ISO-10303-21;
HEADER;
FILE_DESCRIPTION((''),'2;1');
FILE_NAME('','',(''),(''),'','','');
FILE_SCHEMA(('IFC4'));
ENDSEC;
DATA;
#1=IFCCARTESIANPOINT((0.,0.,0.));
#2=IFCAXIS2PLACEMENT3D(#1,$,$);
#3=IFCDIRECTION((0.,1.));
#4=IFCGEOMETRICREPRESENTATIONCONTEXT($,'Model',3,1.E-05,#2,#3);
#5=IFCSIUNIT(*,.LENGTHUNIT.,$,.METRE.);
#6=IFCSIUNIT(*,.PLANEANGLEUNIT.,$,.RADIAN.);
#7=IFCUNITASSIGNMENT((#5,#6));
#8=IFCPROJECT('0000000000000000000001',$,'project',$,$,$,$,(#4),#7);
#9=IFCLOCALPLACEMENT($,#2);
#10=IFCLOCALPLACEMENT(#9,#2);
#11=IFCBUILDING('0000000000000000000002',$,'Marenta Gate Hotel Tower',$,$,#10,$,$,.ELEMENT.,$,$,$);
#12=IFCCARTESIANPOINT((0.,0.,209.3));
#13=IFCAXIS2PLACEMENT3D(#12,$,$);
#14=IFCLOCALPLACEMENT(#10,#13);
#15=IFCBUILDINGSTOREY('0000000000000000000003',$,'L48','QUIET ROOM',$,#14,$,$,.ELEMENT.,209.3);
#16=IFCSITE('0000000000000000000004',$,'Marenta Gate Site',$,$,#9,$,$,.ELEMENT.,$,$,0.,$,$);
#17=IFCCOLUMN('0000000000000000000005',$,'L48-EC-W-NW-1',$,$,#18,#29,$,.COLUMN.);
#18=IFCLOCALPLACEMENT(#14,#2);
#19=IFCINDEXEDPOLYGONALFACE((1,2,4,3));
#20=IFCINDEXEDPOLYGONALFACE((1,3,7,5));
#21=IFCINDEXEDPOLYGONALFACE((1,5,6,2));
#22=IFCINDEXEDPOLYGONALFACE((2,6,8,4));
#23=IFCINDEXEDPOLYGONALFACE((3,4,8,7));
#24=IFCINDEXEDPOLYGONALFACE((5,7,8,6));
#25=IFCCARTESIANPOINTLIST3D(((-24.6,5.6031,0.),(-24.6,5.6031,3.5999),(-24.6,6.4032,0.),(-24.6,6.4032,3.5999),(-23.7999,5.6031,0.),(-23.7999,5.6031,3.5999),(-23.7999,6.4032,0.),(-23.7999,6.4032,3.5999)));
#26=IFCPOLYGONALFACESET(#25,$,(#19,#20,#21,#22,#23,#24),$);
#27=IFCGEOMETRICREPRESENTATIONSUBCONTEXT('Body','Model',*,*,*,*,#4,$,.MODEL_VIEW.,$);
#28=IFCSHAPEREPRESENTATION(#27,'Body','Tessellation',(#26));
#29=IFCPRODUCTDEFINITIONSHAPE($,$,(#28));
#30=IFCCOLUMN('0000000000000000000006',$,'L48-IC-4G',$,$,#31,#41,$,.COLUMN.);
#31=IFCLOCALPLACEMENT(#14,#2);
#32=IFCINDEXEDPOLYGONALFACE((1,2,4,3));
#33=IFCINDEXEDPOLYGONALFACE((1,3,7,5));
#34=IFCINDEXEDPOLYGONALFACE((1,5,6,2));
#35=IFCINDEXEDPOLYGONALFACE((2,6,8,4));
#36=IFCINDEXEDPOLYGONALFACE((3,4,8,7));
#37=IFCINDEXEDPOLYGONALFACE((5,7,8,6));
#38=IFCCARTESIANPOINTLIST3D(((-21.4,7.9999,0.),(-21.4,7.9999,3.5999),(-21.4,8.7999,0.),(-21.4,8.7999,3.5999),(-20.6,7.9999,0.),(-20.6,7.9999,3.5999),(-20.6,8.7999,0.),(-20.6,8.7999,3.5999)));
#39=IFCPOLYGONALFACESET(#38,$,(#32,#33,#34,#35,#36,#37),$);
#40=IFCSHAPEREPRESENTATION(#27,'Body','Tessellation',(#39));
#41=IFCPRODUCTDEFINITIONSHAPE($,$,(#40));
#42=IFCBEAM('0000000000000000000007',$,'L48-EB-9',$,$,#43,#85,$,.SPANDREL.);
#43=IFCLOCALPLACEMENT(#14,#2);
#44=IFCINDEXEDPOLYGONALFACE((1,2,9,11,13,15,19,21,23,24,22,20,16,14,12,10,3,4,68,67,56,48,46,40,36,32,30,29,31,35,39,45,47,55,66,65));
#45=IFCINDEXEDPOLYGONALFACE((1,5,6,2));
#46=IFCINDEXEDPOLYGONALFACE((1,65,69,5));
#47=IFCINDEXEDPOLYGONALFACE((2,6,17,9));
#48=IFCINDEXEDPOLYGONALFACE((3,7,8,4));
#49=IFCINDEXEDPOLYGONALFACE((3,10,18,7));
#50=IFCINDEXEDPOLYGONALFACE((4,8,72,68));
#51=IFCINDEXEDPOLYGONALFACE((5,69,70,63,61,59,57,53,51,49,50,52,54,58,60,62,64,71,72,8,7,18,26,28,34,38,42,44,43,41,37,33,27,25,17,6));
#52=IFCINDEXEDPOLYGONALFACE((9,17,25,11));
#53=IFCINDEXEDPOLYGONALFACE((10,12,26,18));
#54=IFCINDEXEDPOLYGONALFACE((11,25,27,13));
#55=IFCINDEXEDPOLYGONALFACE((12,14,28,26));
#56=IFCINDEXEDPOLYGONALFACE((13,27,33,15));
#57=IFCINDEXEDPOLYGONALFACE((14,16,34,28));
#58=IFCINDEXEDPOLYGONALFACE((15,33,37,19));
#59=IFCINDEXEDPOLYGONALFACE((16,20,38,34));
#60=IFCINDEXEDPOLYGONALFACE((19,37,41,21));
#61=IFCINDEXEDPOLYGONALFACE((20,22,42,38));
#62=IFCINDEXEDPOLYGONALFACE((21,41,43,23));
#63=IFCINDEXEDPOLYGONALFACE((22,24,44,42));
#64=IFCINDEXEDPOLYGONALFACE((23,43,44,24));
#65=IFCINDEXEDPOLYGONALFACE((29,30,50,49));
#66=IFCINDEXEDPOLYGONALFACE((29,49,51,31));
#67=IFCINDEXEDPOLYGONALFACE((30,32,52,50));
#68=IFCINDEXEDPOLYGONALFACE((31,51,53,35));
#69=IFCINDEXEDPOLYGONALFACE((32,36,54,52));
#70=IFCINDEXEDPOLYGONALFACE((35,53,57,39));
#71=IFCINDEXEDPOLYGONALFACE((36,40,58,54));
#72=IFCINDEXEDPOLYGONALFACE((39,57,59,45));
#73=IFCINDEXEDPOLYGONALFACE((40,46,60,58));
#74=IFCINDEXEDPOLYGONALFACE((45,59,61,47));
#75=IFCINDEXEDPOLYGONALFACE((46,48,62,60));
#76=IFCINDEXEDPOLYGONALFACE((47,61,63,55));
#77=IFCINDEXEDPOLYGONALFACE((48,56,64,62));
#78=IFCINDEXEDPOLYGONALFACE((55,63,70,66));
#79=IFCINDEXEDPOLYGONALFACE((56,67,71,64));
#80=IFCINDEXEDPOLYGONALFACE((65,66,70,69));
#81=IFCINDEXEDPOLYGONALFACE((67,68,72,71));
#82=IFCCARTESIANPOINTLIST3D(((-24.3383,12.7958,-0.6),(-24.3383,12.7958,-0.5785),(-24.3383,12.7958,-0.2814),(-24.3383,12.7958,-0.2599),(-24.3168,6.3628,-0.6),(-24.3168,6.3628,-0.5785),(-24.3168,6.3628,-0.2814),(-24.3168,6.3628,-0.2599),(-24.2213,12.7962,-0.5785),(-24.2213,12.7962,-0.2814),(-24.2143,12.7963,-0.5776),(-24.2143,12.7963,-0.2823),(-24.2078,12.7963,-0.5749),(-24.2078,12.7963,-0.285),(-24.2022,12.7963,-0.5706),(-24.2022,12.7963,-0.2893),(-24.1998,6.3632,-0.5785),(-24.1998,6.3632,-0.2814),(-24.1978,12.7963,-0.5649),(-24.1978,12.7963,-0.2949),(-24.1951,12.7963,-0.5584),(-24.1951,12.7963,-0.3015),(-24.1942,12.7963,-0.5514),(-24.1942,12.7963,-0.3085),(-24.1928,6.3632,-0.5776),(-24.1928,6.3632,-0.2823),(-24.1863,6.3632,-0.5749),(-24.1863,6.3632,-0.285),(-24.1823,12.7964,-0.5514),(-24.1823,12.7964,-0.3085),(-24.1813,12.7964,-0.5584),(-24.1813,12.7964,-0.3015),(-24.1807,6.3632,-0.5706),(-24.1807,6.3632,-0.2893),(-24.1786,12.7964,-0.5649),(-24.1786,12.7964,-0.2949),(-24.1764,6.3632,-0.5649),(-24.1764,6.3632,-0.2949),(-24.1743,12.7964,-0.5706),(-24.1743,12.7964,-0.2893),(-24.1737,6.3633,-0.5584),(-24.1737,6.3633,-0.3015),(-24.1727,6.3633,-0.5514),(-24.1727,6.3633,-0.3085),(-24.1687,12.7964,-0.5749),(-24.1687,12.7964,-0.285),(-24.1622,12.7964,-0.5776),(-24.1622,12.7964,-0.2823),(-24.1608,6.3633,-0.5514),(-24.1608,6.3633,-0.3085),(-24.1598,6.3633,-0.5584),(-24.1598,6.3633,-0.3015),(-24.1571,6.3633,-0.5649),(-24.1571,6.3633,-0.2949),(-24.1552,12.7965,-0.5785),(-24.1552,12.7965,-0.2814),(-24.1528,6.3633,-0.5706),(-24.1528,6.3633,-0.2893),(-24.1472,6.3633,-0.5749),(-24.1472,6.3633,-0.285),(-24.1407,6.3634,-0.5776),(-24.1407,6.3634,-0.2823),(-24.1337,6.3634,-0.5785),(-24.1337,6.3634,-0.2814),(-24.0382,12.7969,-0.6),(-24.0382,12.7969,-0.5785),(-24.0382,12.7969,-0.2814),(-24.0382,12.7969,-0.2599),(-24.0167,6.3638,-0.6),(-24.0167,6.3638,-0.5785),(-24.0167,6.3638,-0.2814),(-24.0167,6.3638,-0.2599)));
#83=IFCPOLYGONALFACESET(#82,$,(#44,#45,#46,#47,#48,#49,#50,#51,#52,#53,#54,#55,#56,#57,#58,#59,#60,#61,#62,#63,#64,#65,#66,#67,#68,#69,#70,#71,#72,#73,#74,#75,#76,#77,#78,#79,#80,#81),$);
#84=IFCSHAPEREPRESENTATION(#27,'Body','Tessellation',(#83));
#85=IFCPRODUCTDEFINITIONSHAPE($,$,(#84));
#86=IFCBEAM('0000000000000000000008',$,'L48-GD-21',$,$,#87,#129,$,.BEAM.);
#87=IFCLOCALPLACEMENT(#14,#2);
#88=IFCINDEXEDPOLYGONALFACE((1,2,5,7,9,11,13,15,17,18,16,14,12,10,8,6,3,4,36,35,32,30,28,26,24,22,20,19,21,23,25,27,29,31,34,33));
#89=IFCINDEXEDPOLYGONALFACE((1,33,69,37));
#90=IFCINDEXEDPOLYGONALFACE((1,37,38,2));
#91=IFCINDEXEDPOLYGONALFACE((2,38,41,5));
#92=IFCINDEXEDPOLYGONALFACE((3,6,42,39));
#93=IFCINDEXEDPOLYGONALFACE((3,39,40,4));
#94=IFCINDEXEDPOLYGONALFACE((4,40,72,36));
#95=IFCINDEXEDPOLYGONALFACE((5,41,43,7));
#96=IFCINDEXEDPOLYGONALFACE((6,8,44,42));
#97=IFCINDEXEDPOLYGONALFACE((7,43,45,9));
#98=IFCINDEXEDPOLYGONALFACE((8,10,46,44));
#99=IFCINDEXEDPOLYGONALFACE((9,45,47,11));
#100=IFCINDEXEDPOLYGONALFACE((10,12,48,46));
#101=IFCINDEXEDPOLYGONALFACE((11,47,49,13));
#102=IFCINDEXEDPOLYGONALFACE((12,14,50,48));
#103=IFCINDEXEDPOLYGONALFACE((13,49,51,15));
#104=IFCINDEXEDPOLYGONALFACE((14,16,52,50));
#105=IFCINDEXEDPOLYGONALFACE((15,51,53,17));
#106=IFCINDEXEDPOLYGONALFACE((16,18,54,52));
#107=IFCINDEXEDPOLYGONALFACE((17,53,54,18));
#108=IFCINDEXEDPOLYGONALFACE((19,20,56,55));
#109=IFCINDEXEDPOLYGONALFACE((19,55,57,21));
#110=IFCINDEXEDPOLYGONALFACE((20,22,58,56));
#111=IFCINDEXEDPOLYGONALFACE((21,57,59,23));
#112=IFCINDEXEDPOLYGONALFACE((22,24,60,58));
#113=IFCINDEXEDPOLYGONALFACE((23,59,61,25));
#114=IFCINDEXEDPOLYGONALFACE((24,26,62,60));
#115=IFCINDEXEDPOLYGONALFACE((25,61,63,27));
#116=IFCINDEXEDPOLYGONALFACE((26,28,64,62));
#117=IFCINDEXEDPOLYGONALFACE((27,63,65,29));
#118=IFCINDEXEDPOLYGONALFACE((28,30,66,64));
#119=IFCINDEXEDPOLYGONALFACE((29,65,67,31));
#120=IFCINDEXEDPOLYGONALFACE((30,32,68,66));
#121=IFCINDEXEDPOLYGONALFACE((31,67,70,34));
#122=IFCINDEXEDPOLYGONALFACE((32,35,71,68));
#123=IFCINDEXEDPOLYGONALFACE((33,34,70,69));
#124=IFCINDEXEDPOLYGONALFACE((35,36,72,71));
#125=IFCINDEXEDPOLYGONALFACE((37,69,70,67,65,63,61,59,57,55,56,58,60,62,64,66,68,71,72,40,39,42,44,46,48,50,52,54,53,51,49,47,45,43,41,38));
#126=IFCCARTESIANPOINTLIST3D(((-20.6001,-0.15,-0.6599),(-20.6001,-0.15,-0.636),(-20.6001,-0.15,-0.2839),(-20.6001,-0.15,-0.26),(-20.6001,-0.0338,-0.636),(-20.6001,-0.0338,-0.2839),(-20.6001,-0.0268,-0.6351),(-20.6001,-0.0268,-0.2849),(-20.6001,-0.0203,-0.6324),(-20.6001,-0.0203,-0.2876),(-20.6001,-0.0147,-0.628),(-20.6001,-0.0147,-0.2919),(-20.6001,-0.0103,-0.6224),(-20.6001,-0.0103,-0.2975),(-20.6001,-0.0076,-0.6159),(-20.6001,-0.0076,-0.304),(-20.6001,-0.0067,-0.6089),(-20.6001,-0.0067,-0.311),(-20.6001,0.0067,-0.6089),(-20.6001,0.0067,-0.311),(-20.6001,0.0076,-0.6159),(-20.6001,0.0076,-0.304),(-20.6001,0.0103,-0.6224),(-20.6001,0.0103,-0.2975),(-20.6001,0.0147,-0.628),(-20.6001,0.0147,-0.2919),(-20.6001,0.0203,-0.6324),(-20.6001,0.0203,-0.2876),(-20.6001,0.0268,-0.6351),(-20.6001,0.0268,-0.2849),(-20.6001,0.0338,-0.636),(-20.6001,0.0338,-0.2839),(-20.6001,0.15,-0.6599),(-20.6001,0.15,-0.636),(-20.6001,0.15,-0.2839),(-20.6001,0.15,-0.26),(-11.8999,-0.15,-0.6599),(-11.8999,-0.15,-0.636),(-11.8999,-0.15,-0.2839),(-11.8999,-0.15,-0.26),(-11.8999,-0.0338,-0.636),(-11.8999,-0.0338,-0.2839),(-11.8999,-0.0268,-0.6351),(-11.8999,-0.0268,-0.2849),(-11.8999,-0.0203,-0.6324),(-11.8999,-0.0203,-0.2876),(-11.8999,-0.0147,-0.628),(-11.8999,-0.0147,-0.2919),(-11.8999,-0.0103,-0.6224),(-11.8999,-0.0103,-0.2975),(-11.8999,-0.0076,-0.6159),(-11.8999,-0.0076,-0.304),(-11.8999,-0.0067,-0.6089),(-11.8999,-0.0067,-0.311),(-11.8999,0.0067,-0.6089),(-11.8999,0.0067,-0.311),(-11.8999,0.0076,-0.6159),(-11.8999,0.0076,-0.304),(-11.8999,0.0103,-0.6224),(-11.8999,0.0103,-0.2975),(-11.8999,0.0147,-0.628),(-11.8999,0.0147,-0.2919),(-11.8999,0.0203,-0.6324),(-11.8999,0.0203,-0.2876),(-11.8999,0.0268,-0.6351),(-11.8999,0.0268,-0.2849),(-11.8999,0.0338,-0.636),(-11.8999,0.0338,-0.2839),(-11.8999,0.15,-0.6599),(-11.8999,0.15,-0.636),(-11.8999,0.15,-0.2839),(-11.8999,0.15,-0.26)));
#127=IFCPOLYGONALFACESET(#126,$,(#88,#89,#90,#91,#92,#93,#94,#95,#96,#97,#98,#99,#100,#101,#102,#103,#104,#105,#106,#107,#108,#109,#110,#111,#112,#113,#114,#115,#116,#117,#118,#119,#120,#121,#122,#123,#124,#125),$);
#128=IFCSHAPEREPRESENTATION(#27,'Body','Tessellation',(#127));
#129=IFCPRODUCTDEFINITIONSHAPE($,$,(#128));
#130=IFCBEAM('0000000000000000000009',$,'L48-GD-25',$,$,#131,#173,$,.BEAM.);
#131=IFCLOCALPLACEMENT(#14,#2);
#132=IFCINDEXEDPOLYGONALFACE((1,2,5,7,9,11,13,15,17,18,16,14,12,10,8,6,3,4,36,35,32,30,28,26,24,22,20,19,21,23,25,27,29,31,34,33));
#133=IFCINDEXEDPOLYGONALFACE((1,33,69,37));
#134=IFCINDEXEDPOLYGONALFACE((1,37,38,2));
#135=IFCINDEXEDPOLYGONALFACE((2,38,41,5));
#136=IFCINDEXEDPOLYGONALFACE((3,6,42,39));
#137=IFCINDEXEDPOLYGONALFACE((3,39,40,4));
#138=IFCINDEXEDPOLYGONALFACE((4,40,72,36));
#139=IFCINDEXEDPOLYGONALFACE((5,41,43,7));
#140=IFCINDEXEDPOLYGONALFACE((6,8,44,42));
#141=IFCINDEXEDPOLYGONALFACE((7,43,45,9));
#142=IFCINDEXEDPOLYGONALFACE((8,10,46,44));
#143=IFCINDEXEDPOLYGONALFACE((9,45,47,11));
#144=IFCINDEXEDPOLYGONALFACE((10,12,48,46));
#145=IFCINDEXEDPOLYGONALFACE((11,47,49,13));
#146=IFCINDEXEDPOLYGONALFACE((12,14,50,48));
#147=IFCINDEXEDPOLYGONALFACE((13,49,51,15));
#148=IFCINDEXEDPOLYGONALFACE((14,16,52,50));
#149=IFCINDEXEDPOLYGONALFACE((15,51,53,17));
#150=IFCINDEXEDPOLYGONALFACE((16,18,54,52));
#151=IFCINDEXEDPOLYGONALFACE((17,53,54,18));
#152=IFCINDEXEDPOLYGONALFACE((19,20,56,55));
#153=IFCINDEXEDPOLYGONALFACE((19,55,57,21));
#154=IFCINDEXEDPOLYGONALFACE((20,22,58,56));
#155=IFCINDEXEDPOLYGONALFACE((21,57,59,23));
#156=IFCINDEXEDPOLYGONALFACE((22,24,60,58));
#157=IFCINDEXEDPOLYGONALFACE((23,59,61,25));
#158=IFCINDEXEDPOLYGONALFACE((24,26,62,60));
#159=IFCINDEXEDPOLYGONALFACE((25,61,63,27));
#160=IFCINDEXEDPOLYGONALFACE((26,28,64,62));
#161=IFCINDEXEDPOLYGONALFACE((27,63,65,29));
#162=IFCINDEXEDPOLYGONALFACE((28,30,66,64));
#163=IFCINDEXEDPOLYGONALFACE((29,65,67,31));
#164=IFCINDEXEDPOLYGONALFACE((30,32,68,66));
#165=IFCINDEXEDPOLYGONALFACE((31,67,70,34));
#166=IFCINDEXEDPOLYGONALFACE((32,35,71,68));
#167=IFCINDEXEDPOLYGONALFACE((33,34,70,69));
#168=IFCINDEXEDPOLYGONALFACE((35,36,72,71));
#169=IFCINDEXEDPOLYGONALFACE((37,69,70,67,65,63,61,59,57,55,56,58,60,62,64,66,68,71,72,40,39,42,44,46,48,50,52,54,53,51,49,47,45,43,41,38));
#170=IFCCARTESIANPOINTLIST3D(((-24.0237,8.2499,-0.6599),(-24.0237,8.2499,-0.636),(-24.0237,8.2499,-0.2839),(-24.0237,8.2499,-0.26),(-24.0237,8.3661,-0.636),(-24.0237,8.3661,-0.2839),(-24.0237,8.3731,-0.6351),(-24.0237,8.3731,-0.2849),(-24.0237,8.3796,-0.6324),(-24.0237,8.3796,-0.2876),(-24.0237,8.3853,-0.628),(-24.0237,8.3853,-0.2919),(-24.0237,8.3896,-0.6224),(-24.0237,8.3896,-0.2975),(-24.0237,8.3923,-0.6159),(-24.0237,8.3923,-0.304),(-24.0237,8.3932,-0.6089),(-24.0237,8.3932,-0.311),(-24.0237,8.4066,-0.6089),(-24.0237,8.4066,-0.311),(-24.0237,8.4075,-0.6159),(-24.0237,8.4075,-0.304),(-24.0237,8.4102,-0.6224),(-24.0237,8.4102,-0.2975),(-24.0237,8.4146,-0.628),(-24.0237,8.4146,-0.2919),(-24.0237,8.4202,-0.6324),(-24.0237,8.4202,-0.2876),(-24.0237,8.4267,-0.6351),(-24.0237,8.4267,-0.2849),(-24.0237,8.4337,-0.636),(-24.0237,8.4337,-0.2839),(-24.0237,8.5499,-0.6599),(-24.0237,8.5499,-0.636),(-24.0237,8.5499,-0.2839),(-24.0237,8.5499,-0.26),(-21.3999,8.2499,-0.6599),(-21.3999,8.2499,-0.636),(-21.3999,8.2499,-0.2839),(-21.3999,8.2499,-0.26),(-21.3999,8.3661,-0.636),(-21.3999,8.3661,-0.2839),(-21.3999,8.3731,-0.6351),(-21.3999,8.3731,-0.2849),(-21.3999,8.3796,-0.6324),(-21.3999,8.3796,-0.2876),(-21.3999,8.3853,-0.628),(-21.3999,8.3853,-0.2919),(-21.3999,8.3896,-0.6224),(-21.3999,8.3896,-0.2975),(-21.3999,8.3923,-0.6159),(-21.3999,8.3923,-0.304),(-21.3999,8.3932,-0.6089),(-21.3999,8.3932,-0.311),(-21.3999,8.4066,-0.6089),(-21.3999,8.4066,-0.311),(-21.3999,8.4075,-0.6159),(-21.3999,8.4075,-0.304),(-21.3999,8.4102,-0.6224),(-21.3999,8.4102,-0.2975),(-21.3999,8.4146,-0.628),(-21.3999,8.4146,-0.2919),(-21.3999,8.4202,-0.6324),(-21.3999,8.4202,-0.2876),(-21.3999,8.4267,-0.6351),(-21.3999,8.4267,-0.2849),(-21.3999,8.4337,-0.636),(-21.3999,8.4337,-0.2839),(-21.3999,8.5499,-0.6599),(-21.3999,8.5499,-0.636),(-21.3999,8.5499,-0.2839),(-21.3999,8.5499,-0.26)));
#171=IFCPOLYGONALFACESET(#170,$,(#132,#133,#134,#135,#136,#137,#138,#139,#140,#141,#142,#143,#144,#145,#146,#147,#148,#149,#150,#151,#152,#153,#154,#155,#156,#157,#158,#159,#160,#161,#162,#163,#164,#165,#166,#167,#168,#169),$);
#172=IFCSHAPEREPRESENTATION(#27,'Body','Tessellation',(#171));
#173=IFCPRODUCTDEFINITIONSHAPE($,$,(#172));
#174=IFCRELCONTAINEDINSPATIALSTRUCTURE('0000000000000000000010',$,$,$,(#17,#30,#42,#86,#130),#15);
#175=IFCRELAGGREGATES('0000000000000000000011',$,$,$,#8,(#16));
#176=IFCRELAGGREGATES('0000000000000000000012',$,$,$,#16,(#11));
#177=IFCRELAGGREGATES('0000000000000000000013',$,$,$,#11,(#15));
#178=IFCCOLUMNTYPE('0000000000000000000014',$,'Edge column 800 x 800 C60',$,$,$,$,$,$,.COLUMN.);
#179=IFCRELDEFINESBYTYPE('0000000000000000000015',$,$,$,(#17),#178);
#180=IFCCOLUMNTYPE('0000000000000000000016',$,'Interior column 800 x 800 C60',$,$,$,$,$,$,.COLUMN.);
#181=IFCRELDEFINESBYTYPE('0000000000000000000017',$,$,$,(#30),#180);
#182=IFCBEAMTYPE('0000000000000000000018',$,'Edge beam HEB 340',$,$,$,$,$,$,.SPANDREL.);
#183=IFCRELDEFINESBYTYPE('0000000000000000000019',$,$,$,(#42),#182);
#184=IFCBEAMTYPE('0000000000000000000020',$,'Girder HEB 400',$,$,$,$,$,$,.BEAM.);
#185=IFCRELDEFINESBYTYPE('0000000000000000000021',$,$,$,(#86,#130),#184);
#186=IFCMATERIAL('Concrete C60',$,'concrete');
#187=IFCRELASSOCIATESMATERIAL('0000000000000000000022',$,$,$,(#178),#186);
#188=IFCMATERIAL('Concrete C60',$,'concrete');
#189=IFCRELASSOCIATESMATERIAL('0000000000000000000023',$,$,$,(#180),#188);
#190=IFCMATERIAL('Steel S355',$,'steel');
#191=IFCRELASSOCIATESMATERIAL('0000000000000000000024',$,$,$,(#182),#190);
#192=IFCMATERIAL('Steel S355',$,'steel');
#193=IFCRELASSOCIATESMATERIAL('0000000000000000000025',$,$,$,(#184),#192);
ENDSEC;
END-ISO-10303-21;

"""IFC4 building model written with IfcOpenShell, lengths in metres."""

from ifc_helpers import new_model, si_unit, direction, frame, origin, origin_2d, place, context, subcontext, project, spatial, rectangle, i_section, extrude, material, material_profile, profile_set, type_object, element, save


model = new_model("IFC4")

# Units and contexts
model_context = context("Model", 3, precision=1e-05, world=origin(), true_north=direction((0.0, 1.0)))
body_context = subcontext(model_context, "Body", "Model", "MODEL_VIEW")
ifc_project = project(units=[si_unit("LENGTHUNIT", "METRE"), si_unit("PLANEANGLEUNIT", "RADIAN")], contexts=[model_context])

# Site, building, storey
site_placement = place(None, origin())
site = spatial("IfcSite", under=ifc_project, at=site_placement, Name="Marenta Gate Site", CompositionType="ELEMENT", RefElevation=0.0)
building_placement = place(site_placement, origin())
building = spatial("IfcBuilding", under=site, at=building_placement, Name="Marenta Gate Hotel Tower", CompositionType="ELEMENT")
storey_placement = place(building_placement, frame((0.0, 0.0, 209.3)))
storey = spatial("IfcBuildingStorey", under=building, at=storey_placement, Name="L48", Description="QUIET ROOM", CompositionType="ELEMENT", Elevation=209.3)

# Columns
ifc_material_1 = material(Name="Concrete C60", Category="concrete")
ifc_material_profile_1 = material_profile(ifc_material_1, rectangle(XDim=0.8, YDim=0.8, at=origin_2d()), Name="800 x 800")
ifc_profile_set_1 = profile_set([ifc_material_profile_1], Name="Concrete C60")
column_type_1 = type_object("IfcColumnType", Name="Edge column 800 x 800 C60", PredefinedType="COLUMN", material=ifc_profile_set_1)
column_1_placement = place(storey_placement, frame((-24.2, 6.0032, 0.0), z_axis=(0.0, 0.0, 1.0), x_axis=(1.0, 0.0, 0.0)))
element("IfcColumn", 1, at=column_1_placement, inside=storey, type_object=column_type_1, Name="L48-EC-W-NW-1", PredefinedType="COLUMN", context=body_context, shape_type="SweptSolid", body=[
    extrude(rectangle(XDim=0.8, YDim=0.8, at=origin_2d()), origin(), (0.0, 0.0, 1.0), 3.5999),
])
ifc_material_2 = material(Name="Concrete C60", Category="concrete")
ifc_material_profile_2 = material_profile(ifc_material_2, rectangle(XDim=0.8, YDim=0.8, at=origin_2d()), Name="800 x 800")
ifc_profile_set_2 = profile_set([ifc_material_profile_2], Name="Concrete C60")
column_type_2 = type_object("IfcColumnType", Name="Interior column 800 x 800 C60", PredefinedType="COLUMN", material=ifc_profile_set_2)
column_2_placement = place(storey_placement, frame((-21.0, 8.3999, 0.0), z_axis=(0.0, 0.0, 1.0), x_axis=(1.0, 0.0, 0.0)))
element("IfcColumn", 2, at=column_2_placement, inside=storey, type_object=column_type_2, Name="L48-IC-4G", PredefinedType="COLUMN", context=body_context, shape_type="SweptSolid", body=[
    extrude(rectangle(XDim=0.8, YDim=0.8, at=origin_2d()), origin(), (0.0, 0.0, 1.0), 3.5999),
])

# Beams
ifc_material_3 = material(Name="Steel S355", Category="steel")
ifc_material_profile_3 = material_profile(ifc_material_3, i_section(OverallWidth=0.3, OverallDepth=0.3401, WebThickness=0.012, FlangeThickness=0.0215, FilletRadius=0.0271, at=origin_2d()), Name="HEB 340")
ifc_profile_set_3 = profile_set([ifc_material_profile_3], Name="Steel S355")
beam_type_1 = type_object("IfcBeamType", Name="Edge beam HEB 340", PredefinedType="SPANDREL", material=ifc_profile_set_3)
beam_1_placement = place(storey_placement, frame((-24.1667, 6.3633, -0.4299), z_axis=(-0.00334, 0.999994, 0.0), x_axis=(-0.999994, -0.00334, 0.0)))
element("IfcBeam", 3, at=beam_1_placement, inside=storey, type_object=beam_type_1, Name="L48-EB-9", PredefinedType="SPANDREL", context=body_context, shape_type="SweptSolid", body=[
    extrude(i_section(OverallWidth=0.3, OverallDepth=0.3401, WebThickness=0.012, FlangeThickness=0.0215, FilletRadius=0.0271, at=origin_2d()), origin(), (0.0, 0.0, 1.0), 6.4331),
])
ifc_material_4 = material(Name="Steel S355", Category="steel")
ifc_material_profile_4 = material_profile(ifc_material_4, i_section(OverallWidth=0.3, OverallDepth=0.3999, WebThickness=0.0134, FlangeThickness=0.0239, FilletRadius=0.0271, at=origin_2d()), Name="HEB 400")
ifc_profile_set_4 = profile_set([ifc_material_profile_4], Name="Steel S355")
beam_type_2 = type_object("IfcBeamType", Name="Girder HEB 400", PredefinedType="BEAM", material=ifc_profile_set_4)
beam_2_placement = place(storey_placement, frame((-20.6001, 0.0, -0.46), z_axis=(1.0, 0.0, 0.0), x_axis=(0.0, 1.0, 0.0)))
element("IfcBeam", 4, at=beam_2_placement, inside=storey, type_object=beam_type_2, Name="L48-GD-21", PredefinedType="BEAM", context=body_context, shape_type="SweptSolid", body=[
    extrude(i_section(OverallWidth=0.3, OverallDepth=0.3999, WebThickness=0.0134, FlangeThickness=0.0239, FilletRadius=0.0271, at=origin_2d()), origin(), (0.0, 0.0, 1.0), 8.7002),
])
beam_3_placement = place(storey_placement, frame((-24.0237, 8.3999, -0.46), z_axis=(1.0, 0.0, 0.0), x_axis=(0.0, 1.0, 0.0)))
element("IfcBeam", 5, at=beam_3_placement, inside=storey, type_object=beam_type_2, Name="L48-GD-25", PredefinedType="BEAM", context=body_context, shape_type="SweptSolid", body=[
    extrude(i_section(OverallWidth=0.3, OverallDepth=0.3999, WebThickness=0.0134, FlangeThickness=0.0239, FilletRadius=0.0271, at=origin_2d()), origin(), (0.0, 0.0, 1.0), 2.6238),
])

save(model, "model.ifc")
